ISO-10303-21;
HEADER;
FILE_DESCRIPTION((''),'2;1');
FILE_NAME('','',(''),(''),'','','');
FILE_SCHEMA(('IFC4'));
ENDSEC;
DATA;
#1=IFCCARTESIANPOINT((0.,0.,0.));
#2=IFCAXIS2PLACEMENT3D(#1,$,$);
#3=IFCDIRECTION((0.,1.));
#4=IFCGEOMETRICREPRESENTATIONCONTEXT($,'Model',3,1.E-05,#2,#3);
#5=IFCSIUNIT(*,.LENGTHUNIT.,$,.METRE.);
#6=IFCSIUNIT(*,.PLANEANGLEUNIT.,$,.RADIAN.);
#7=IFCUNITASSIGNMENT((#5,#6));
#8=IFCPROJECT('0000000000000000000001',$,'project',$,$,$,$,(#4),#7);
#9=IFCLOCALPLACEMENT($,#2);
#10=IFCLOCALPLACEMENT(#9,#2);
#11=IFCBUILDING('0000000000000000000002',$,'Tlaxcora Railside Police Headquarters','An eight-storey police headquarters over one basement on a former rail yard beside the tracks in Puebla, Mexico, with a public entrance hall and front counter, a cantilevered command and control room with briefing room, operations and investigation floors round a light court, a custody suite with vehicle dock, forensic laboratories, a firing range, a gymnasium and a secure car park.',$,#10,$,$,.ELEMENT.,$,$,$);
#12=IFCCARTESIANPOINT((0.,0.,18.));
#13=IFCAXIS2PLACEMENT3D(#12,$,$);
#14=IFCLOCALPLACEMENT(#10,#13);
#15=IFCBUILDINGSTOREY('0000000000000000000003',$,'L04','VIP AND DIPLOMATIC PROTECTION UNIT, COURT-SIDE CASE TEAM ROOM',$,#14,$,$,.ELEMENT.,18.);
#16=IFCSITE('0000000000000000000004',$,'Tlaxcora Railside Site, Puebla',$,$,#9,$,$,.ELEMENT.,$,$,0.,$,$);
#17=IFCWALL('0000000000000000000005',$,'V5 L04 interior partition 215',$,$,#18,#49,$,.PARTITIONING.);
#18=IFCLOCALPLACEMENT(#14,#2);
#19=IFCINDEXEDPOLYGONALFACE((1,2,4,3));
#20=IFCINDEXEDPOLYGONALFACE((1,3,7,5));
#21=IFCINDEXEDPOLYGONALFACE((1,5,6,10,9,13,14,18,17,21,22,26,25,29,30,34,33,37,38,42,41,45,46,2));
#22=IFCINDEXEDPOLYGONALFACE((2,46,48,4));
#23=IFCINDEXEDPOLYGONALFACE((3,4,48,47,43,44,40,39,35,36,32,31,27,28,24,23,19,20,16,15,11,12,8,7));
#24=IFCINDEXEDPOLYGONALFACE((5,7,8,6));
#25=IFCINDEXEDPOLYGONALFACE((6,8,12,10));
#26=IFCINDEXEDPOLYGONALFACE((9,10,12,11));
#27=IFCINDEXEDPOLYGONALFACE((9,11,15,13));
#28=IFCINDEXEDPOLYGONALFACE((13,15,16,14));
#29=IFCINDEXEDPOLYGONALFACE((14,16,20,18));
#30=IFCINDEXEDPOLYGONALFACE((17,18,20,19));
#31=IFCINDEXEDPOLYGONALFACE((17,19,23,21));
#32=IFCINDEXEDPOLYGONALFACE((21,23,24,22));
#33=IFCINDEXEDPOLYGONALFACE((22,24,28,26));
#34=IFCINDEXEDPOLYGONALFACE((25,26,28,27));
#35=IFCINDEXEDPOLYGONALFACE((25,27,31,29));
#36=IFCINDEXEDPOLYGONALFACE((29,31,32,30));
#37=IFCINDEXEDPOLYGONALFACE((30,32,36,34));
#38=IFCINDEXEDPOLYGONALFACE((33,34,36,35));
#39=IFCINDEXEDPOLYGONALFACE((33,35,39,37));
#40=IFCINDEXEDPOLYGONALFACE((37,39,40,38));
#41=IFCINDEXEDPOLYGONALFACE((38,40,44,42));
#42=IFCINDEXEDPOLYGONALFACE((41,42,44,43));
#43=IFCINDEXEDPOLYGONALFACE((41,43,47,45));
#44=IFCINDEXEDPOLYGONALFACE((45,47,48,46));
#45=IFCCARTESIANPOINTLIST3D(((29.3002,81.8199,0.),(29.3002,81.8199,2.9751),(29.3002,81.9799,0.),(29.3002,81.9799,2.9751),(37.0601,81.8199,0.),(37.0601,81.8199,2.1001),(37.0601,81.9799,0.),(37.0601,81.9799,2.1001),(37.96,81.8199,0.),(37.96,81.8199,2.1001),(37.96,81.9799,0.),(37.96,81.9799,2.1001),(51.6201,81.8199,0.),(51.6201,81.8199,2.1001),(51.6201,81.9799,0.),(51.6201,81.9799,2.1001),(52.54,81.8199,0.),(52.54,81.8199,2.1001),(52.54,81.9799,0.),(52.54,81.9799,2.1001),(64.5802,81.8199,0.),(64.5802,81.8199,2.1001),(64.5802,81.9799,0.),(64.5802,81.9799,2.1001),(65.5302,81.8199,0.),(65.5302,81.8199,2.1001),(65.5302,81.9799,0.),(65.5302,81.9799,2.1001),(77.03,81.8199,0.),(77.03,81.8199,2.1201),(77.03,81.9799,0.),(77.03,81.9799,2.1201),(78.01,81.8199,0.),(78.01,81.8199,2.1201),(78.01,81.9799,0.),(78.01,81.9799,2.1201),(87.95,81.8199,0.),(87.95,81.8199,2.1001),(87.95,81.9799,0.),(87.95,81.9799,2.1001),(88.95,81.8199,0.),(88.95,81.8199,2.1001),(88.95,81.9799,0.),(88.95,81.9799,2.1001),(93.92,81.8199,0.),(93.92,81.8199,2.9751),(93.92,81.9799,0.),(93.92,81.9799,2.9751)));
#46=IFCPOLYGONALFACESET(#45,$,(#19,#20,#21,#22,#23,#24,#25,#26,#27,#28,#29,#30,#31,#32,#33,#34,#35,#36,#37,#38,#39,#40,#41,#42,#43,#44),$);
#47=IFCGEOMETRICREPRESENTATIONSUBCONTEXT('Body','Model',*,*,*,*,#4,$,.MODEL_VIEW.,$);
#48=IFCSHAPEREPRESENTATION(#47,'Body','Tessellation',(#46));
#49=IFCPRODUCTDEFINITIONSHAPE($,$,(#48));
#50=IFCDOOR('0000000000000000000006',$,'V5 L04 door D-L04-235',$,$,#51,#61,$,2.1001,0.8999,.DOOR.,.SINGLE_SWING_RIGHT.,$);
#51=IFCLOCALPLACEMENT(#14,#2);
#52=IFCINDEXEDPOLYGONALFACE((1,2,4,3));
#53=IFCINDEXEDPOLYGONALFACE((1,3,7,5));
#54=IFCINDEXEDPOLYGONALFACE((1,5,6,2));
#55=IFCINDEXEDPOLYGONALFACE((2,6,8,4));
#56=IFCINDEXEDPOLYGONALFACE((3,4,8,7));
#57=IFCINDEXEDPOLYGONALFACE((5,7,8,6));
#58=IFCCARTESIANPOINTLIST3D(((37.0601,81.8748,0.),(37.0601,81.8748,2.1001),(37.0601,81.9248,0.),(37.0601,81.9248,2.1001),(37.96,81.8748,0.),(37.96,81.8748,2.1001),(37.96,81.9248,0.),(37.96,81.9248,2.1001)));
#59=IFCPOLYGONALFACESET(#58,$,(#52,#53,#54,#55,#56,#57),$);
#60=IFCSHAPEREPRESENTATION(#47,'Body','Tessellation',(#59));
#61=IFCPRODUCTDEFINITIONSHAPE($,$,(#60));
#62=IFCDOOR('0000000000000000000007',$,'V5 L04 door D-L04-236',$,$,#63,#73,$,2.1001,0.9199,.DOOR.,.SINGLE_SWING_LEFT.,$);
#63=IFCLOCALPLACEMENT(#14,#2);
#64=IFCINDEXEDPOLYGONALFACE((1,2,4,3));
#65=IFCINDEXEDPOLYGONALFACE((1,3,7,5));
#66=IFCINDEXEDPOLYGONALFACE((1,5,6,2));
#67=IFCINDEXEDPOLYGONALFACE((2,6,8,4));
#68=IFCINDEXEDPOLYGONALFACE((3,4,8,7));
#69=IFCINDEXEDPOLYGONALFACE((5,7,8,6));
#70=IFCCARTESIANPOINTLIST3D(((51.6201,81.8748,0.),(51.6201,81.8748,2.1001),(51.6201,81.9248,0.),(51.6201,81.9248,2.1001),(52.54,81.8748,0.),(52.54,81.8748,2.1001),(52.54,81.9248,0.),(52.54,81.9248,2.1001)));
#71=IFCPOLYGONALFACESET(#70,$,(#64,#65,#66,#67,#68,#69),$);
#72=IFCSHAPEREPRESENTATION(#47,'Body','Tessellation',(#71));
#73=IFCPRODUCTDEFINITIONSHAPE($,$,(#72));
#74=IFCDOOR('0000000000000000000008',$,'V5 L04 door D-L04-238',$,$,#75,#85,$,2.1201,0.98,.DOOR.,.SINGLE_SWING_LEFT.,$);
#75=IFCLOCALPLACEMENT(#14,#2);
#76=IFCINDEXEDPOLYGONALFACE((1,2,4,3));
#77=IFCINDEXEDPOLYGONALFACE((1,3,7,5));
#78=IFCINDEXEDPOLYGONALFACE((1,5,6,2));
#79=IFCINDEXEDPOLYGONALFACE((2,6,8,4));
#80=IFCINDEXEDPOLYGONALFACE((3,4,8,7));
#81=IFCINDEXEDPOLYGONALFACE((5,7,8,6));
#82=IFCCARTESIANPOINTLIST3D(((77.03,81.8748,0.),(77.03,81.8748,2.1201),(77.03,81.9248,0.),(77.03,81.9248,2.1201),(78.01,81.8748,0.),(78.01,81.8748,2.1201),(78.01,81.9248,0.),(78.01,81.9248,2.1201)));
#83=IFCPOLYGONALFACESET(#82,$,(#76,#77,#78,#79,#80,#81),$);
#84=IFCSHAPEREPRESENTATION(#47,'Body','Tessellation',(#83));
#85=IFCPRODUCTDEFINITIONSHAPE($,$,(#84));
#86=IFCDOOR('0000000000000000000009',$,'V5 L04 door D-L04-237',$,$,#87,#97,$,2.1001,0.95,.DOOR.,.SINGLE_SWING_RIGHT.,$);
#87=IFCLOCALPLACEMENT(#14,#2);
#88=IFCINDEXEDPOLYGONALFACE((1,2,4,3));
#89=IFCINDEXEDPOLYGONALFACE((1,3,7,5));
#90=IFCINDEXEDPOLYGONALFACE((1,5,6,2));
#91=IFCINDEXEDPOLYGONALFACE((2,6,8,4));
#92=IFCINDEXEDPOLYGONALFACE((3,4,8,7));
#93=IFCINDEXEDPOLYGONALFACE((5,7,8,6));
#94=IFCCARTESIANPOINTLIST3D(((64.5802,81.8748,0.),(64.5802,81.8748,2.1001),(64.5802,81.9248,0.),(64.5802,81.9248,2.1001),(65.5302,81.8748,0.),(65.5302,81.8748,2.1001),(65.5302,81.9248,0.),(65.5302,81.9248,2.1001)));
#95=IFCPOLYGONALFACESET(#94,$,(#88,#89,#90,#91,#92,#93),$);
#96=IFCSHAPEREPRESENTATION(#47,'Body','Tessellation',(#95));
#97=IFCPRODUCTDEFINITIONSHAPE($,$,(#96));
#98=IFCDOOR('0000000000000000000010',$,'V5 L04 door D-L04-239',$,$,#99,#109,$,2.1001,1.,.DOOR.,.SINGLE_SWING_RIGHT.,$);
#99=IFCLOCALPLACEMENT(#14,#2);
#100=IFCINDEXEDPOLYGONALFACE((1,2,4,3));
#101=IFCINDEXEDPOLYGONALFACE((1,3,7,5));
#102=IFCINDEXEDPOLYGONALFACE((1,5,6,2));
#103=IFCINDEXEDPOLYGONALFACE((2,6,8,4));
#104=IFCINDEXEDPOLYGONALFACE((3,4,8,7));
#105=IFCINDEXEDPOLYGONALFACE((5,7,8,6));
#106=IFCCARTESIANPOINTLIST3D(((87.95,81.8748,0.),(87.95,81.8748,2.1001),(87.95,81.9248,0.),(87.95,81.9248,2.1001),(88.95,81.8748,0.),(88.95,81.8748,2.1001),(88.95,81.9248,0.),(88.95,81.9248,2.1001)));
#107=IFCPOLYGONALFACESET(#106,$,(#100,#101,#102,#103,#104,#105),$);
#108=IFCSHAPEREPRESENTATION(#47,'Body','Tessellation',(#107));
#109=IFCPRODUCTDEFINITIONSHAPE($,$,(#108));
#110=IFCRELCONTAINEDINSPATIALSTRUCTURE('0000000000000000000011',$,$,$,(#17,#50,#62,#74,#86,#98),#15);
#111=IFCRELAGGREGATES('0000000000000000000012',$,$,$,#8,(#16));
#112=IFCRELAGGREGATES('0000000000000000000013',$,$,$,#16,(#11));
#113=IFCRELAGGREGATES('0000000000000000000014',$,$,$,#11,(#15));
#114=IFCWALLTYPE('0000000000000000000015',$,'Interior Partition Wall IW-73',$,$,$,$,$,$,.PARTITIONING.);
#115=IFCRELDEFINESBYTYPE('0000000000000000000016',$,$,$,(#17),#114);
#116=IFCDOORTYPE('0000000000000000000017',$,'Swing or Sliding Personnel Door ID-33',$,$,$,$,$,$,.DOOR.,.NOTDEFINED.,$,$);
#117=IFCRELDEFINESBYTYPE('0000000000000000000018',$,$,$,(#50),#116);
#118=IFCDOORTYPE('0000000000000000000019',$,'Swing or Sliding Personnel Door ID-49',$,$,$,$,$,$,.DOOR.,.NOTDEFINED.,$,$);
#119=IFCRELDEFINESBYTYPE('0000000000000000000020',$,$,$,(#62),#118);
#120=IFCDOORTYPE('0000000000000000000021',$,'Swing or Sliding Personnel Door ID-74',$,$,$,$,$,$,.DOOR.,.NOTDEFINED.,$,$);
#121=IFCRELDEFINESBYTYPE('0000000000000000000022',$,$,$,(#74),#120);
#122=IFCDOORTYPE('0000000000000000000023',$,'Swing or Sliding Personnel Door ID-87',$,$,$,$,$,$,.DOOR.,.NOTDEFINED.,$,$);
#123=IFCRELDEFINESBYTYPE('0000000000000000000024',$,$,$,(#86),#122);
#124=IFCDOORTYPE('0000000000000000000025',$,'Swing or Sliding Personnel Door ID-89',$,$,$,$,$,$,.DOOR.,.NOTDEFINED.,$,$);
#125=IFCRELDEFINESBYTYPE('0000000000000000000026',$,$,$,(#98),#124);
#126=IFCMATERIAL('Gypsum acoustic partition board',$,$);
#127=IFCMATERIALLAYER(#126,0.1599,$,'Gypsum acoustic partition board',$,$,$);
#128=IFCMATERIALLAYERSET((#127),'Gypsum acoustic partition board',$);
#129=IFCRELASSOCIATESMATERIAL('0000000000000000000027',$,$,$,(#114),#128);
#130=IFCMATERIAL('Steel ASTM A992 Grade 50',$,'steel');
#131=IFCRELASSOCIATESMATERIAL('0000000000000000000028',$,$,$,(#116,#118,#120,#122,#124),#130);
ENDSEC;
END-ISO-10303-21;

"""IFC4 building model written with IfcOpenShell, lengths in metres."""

from ifc_helpers import new_model, si_unit, direction, frame, frame_2d, origin, place, context, subcontext, project, spatial, rectangle, extrude, material, layer, layer_set, type_object, element, fill, save


model = new_model("IFC4")

# Units and contexts
model_context = context("Model", 3, precision=1e-05, world=origin(), true_north=direction((0.0, 1.0)))
body_context = subcontext(model_context, "Body", "Model", "MODEL_VIEW")
ifc_project = project(units=[si_unit("LENGTHUNIT", "METRE"), si_unit("PLANEANGLEUNIT", "RADIAN")], contexts=[model_context])

# Site, building, storey
site_placement = place(None, origin())
site = spatial("IfcSite", under=ifc_project, at=site_placement, Name="Tlaxcora Railside Site, Puebla", CompositionType="ELEMENT", RefElevation=0.0)
building_placement = place(site_placement, origin())
building = spatial("IfcBuilding", under=site, at=building_placement, Name="Tlaxcora Railside Police Headquarters", Description="An eight-storey police headquarters over one basement on a former rail yard beside the tracks in Puebla, Mexico, with a public entrance hall and front counter, a cantilevered command and control room with briefing room, operations and investigation floors round a light court, a custody suite with vehicle dock, forensic laboratories, a firing range, a gymnasium and a secure car park.", CompositionType="ELEMENT")
storey_placement = place(building_placement, frame((0.0, 0.0, 18.0)))
storey = spatial("IfcBuildingStorey", under=building, at=storey_placement, Name="L04", Description="VIP AND DIPLOMATIC PROTECTION UNIT, COURT-SIDE CASE TEAM ROOM", CompositionType="ELEMENT", Elevation=18.0)

# Shared definitions
ifc_material_1 = material(Name="Steel ASTM A992 Grade 50", Category="steel")

# Wall, openings, doors
ifc_material_2 = material(Name="Gypsum acoustic partition board")
ifc_layer_1 = layer(ifc_material_2, 0.1599, Name="Gypsum acoustic partition board")
ifc_layer_set_1 = layer_set([ifc_layer_1], Name="Gypsum acoustic partition board")
wall_type_1 = type_object("IfcWallType", Name="Interior Partition Wall IW-73", PredefinedType="PARTITIONING", material=ifc_layer_set_1)
wall_1_placement = place(storey_placement, frame((29.3, 81.8999, 0.0), z_axis=(0.0, 0.0, 1.0), x_axis=(1.0, 0.0, 0.0)))
wall_1 = element("IfcWall", 1, at=wall_1_placement, inside=storey, type_object=wall_type_1, Name="V5 L04 interior partition 215", PredefinedType="PARTITIONING", context=body_context, shape_type="SweptSolid", body=[
    extrude(rectangle(XDim=64.6199, YDim=0.1599, at=frame_2d((32.3101, 0.0))), origin(), (0.0, 0.0, 1.0), 2.9751),
])
opening_1_placement = place(wall_1_placement, frame((7.76, 0.0, 0.0)))
opening_1 = element("IfcOpeningElement", 2, at=opening_1_placement, cuts=wall_1, PredefinedType="OPENING", context=body_context, shape_type="SweptSolid", body=[
    extrude(rectangle(XDim=0.8999, YDim=2.1001, at=frame_2d((0.45, 1.05))), frame((0.0, 0.0898, 0.0), z_axis=(0.0, -1.0, 0.0), x_axis=(1.0, 0.0, 0.0)), (0.0, 0.0, 1.0), 0.1799),
])
opening_2_placement = place(wall_1_placement, frame((22.3201, 0.0, 0.0)))
opening_2 = element("IfcOpeningElement", 3, at=opening_2_placement, cuts=wall_1, PredefinedType="OPENING", context=body_context, shape_type="SweptSolid", body=[
    extrude(rectangle(XDim=0.9199, YDim=2.1001, at=frame_2d((0.46, 1.05))), frame((0.0, 0.0898, 0.0), z_axis=(0.0, -1.0, 0.0), x_axis=(1.0, 0.0, 0.0)), (0.0, 0.0, 1.0), 0.1799),
])
opening_3_placement = place(wall_1_placement, frame((35.28, 0.0, 0.0)))
opening_3 = element("IfcOpeningElement", 4, at=opening_3_placement, cuts=wall_1, PredefinedType="OPENING", context=body_context, shape_type="SweptSolid", body=[
    extrude(rectangle(XDim=0.95, YDim=2.1001, at=frame_2d((0.4751, 1.05))), frame((0.0, 0.0898, 0.0), z_axis=(0.0, -1.0, 0.0), x_axis=(1.0, 0.0, 0.0)), (0.0, 0.0, 1.0), 0.1799),
])
opening_4_placement = place(wall_1_placement, frame((47.73, 0.0, 0.0)))
opening_4 = element("IfcOpeningElement", 5, at=opening_4_placement, cuts=wall_1, PredefinedType="OPENING", context=body_context, shape_type="SweptSolid", body=[
    extrude(rectangle(XDim=0.98, YDim=2.1201, at=frame_2d((0.49, 1.0601))), frame((0.0, 0.0898, 0.0), z_axis=(0.0, -1.0, 0.0), x_axis=(1.0, 0.0, 0.0)), (0.0, 0.0, 1.0), 0.1799),
])
opening_5_placement = place(wall_1_placement, frame((58.6499, 0.0, 0.0)))
opening_5 = element("IfcOpeningElement", 6, at=opening_5_placement, cuts=wall_1, PredefinedType="OPENING", context=body_context, shape_type="SweptSolid", body=[
    extrude(rectangle(XDim=1.0, YDim=2.1001, at=frame_2d((0.5, 1.05))), frame((0.0, 0.0898, 0.0), z_axis=(0.0, -1.0, 0.0), x_axis=(1.0, 0.0, 0.0)), (0.0, 0.0, 1.0), 0.1799),
])
door_type_1 = type_object("IfcDoorType", Name="Swing or Sliding Personnel Door ID-33", OperationType="NOTDEFINED", PredefinedType="DOOR", material=ifc_material_1)
door_1_placement = place(opening_1_placement, origin())
door_1 = element("IfcDoor", 7, at=door_1_placement, inside=storey, type_object=door_type_1, Name="V5 L04 door D-L04-235", OperationType="SINGLE_SWING_RIGHT", OverallHeight=2.1001, OverallWidth=0.8999, PredefinedType="DOOR", context=body_context, shape_type="SweptSolid", body=[
    extrude(rectangle(XDim=0.8999, YDim=2.1001, at=frame_2d((0.45, 1.05))), frame((0.0, 0.0249, 0.0), z_axis=(0.0, -1.0, 0.0), x_axis=(1.0, 0.0, 0.0)), (0.0, 0.0, 1.0), 0.05),
])
fill(opening_1, door_1)
door_type_2 = type_object("IfcDoorType", Name="Swing or Sliding Personnel Door ID-49", OperationType="NOTDEFINED", PredefinedType="DOOR", material=ifc_material_1)
door_2_placement = place(opening_2_placement, origin())
door_2 = element("IfcDoor", 8, at=door_2_placement, inside=storey, type_object=door_type_2, Name="V5 L04 door D-L04-236", OperationType="SINGLE_SWING_LEFT", OverallHeight=2.1001, OverallWidth=0.9199, PredefinedType="DOOR", context=body_context, shape_type="SweptSolid", body=[
    extrude(rectangle(XDim=0.9199, YDim=2.1001, at=frame_2d((0.46, 1.05))), frame((0.0, 0.0249, 0.0), z_axis=(0.0, -1.0, 0.0), x_axis=(1.0, 0.0, 0.0)), (0.0, 0.0, 1.0), 0.05),
])
fill(opening_2, door_2)
door_type_3 = type_object("IfcDoorType", Name="Swing or Sliding Personnel Door ID-74", OperationType="NOTDEFINED", PredefinedType="DOOR", material=ifc_material_1)
door_3_placement = place(opening_4_placement, origin())
door_3 = element("IfcDoor", 9, at=door_3_placement, inside=storey, type_object=door_type_3, Name="V5 L04 door D-L04-238", OperationType="SINGLE_SWING_LEFT", OverallHeight=2.1201, OverallWidth=0.98, PredefinedType="DOOR", context=body_context, shape_type="SweptSolid", body=[
    extrude(rectangle(XDim=0.98, YDim=2.1201, at=frame_2d((0.49, 1.0601))), frame((0.0, 0.0249, 0.0), z_axis=(0.0, -1.0, 0.0), x_axis=(1.0, 0.0, 0.0)), (0.0, 0.0, 1.0), 0.05),
])
fill(opening_4, door_3)
door_type_4 = type_object("IfcDoorType", Name="Swing or Sliding Personnel Door ID-87", OperationType="NOTDEFINED", PredefinedType="DOOR", material=ifc_material_1)
door_4_placement = place(opening_3_placement, origin())
door_4 = element("IfcDoor", 10, at=door_4_placement, inside=storey, type_object=door_type_4, Name="V5 L04 door D-L04-237", OperationType="SINGLE_SWING_RIGHT", OverallHeight=2.1001, OverallWidth=0.95, PredefinedType="DOOR", context=body_context, shape_type="SweptSolid", body=[
    extrude(rectangle(XDim=0.95, YDim=2.1001, at=frame_2d((0.4751, 1.05))), frame((0.0, 0.0249, 0.0), z_axis=(0.0, -1.0, 0.0), x_axis=(1.0, 0.0, 0.0)), (0.0, 0.0, 1.0), 0.05),
])
fill(opening_3, door_4)
door_type_5 = type_object("IfcDoorType", Name="Swing or Sliding Personnel Door ID-89", OperationType="NOTDEFINED", PredefinedType="DOOR", material=ifc_material_1)
door_5_placement = place(opening_5_placement, origin())
door_5 = element("IfcDoor", 11, at=door_5_placement, inside=storey, type_object=door_type_5, Name="V5 L04 door D-L04-239", OperationType="SINGLE_SWING_RIGHT", OverallHeight=2.1001, OverallWidth=1.0, PredefinedType="DOOR", context=body_context, shape_type="SweptSolid", body=[
    extrude(rectangle(XDim=1.0, YDim=2.1001, at=frame_2d((0.5, 1.05))), frame((0.0, 0.0249, 0.0), z_axis=(0.0, -1.0, 0.0), x_axis=(1.0, 0.0, 0.0)), (0.0, 0.0, 1.0), 0.05),
])
fill(opening_5, door_5)

save(model, "model.ifc")
